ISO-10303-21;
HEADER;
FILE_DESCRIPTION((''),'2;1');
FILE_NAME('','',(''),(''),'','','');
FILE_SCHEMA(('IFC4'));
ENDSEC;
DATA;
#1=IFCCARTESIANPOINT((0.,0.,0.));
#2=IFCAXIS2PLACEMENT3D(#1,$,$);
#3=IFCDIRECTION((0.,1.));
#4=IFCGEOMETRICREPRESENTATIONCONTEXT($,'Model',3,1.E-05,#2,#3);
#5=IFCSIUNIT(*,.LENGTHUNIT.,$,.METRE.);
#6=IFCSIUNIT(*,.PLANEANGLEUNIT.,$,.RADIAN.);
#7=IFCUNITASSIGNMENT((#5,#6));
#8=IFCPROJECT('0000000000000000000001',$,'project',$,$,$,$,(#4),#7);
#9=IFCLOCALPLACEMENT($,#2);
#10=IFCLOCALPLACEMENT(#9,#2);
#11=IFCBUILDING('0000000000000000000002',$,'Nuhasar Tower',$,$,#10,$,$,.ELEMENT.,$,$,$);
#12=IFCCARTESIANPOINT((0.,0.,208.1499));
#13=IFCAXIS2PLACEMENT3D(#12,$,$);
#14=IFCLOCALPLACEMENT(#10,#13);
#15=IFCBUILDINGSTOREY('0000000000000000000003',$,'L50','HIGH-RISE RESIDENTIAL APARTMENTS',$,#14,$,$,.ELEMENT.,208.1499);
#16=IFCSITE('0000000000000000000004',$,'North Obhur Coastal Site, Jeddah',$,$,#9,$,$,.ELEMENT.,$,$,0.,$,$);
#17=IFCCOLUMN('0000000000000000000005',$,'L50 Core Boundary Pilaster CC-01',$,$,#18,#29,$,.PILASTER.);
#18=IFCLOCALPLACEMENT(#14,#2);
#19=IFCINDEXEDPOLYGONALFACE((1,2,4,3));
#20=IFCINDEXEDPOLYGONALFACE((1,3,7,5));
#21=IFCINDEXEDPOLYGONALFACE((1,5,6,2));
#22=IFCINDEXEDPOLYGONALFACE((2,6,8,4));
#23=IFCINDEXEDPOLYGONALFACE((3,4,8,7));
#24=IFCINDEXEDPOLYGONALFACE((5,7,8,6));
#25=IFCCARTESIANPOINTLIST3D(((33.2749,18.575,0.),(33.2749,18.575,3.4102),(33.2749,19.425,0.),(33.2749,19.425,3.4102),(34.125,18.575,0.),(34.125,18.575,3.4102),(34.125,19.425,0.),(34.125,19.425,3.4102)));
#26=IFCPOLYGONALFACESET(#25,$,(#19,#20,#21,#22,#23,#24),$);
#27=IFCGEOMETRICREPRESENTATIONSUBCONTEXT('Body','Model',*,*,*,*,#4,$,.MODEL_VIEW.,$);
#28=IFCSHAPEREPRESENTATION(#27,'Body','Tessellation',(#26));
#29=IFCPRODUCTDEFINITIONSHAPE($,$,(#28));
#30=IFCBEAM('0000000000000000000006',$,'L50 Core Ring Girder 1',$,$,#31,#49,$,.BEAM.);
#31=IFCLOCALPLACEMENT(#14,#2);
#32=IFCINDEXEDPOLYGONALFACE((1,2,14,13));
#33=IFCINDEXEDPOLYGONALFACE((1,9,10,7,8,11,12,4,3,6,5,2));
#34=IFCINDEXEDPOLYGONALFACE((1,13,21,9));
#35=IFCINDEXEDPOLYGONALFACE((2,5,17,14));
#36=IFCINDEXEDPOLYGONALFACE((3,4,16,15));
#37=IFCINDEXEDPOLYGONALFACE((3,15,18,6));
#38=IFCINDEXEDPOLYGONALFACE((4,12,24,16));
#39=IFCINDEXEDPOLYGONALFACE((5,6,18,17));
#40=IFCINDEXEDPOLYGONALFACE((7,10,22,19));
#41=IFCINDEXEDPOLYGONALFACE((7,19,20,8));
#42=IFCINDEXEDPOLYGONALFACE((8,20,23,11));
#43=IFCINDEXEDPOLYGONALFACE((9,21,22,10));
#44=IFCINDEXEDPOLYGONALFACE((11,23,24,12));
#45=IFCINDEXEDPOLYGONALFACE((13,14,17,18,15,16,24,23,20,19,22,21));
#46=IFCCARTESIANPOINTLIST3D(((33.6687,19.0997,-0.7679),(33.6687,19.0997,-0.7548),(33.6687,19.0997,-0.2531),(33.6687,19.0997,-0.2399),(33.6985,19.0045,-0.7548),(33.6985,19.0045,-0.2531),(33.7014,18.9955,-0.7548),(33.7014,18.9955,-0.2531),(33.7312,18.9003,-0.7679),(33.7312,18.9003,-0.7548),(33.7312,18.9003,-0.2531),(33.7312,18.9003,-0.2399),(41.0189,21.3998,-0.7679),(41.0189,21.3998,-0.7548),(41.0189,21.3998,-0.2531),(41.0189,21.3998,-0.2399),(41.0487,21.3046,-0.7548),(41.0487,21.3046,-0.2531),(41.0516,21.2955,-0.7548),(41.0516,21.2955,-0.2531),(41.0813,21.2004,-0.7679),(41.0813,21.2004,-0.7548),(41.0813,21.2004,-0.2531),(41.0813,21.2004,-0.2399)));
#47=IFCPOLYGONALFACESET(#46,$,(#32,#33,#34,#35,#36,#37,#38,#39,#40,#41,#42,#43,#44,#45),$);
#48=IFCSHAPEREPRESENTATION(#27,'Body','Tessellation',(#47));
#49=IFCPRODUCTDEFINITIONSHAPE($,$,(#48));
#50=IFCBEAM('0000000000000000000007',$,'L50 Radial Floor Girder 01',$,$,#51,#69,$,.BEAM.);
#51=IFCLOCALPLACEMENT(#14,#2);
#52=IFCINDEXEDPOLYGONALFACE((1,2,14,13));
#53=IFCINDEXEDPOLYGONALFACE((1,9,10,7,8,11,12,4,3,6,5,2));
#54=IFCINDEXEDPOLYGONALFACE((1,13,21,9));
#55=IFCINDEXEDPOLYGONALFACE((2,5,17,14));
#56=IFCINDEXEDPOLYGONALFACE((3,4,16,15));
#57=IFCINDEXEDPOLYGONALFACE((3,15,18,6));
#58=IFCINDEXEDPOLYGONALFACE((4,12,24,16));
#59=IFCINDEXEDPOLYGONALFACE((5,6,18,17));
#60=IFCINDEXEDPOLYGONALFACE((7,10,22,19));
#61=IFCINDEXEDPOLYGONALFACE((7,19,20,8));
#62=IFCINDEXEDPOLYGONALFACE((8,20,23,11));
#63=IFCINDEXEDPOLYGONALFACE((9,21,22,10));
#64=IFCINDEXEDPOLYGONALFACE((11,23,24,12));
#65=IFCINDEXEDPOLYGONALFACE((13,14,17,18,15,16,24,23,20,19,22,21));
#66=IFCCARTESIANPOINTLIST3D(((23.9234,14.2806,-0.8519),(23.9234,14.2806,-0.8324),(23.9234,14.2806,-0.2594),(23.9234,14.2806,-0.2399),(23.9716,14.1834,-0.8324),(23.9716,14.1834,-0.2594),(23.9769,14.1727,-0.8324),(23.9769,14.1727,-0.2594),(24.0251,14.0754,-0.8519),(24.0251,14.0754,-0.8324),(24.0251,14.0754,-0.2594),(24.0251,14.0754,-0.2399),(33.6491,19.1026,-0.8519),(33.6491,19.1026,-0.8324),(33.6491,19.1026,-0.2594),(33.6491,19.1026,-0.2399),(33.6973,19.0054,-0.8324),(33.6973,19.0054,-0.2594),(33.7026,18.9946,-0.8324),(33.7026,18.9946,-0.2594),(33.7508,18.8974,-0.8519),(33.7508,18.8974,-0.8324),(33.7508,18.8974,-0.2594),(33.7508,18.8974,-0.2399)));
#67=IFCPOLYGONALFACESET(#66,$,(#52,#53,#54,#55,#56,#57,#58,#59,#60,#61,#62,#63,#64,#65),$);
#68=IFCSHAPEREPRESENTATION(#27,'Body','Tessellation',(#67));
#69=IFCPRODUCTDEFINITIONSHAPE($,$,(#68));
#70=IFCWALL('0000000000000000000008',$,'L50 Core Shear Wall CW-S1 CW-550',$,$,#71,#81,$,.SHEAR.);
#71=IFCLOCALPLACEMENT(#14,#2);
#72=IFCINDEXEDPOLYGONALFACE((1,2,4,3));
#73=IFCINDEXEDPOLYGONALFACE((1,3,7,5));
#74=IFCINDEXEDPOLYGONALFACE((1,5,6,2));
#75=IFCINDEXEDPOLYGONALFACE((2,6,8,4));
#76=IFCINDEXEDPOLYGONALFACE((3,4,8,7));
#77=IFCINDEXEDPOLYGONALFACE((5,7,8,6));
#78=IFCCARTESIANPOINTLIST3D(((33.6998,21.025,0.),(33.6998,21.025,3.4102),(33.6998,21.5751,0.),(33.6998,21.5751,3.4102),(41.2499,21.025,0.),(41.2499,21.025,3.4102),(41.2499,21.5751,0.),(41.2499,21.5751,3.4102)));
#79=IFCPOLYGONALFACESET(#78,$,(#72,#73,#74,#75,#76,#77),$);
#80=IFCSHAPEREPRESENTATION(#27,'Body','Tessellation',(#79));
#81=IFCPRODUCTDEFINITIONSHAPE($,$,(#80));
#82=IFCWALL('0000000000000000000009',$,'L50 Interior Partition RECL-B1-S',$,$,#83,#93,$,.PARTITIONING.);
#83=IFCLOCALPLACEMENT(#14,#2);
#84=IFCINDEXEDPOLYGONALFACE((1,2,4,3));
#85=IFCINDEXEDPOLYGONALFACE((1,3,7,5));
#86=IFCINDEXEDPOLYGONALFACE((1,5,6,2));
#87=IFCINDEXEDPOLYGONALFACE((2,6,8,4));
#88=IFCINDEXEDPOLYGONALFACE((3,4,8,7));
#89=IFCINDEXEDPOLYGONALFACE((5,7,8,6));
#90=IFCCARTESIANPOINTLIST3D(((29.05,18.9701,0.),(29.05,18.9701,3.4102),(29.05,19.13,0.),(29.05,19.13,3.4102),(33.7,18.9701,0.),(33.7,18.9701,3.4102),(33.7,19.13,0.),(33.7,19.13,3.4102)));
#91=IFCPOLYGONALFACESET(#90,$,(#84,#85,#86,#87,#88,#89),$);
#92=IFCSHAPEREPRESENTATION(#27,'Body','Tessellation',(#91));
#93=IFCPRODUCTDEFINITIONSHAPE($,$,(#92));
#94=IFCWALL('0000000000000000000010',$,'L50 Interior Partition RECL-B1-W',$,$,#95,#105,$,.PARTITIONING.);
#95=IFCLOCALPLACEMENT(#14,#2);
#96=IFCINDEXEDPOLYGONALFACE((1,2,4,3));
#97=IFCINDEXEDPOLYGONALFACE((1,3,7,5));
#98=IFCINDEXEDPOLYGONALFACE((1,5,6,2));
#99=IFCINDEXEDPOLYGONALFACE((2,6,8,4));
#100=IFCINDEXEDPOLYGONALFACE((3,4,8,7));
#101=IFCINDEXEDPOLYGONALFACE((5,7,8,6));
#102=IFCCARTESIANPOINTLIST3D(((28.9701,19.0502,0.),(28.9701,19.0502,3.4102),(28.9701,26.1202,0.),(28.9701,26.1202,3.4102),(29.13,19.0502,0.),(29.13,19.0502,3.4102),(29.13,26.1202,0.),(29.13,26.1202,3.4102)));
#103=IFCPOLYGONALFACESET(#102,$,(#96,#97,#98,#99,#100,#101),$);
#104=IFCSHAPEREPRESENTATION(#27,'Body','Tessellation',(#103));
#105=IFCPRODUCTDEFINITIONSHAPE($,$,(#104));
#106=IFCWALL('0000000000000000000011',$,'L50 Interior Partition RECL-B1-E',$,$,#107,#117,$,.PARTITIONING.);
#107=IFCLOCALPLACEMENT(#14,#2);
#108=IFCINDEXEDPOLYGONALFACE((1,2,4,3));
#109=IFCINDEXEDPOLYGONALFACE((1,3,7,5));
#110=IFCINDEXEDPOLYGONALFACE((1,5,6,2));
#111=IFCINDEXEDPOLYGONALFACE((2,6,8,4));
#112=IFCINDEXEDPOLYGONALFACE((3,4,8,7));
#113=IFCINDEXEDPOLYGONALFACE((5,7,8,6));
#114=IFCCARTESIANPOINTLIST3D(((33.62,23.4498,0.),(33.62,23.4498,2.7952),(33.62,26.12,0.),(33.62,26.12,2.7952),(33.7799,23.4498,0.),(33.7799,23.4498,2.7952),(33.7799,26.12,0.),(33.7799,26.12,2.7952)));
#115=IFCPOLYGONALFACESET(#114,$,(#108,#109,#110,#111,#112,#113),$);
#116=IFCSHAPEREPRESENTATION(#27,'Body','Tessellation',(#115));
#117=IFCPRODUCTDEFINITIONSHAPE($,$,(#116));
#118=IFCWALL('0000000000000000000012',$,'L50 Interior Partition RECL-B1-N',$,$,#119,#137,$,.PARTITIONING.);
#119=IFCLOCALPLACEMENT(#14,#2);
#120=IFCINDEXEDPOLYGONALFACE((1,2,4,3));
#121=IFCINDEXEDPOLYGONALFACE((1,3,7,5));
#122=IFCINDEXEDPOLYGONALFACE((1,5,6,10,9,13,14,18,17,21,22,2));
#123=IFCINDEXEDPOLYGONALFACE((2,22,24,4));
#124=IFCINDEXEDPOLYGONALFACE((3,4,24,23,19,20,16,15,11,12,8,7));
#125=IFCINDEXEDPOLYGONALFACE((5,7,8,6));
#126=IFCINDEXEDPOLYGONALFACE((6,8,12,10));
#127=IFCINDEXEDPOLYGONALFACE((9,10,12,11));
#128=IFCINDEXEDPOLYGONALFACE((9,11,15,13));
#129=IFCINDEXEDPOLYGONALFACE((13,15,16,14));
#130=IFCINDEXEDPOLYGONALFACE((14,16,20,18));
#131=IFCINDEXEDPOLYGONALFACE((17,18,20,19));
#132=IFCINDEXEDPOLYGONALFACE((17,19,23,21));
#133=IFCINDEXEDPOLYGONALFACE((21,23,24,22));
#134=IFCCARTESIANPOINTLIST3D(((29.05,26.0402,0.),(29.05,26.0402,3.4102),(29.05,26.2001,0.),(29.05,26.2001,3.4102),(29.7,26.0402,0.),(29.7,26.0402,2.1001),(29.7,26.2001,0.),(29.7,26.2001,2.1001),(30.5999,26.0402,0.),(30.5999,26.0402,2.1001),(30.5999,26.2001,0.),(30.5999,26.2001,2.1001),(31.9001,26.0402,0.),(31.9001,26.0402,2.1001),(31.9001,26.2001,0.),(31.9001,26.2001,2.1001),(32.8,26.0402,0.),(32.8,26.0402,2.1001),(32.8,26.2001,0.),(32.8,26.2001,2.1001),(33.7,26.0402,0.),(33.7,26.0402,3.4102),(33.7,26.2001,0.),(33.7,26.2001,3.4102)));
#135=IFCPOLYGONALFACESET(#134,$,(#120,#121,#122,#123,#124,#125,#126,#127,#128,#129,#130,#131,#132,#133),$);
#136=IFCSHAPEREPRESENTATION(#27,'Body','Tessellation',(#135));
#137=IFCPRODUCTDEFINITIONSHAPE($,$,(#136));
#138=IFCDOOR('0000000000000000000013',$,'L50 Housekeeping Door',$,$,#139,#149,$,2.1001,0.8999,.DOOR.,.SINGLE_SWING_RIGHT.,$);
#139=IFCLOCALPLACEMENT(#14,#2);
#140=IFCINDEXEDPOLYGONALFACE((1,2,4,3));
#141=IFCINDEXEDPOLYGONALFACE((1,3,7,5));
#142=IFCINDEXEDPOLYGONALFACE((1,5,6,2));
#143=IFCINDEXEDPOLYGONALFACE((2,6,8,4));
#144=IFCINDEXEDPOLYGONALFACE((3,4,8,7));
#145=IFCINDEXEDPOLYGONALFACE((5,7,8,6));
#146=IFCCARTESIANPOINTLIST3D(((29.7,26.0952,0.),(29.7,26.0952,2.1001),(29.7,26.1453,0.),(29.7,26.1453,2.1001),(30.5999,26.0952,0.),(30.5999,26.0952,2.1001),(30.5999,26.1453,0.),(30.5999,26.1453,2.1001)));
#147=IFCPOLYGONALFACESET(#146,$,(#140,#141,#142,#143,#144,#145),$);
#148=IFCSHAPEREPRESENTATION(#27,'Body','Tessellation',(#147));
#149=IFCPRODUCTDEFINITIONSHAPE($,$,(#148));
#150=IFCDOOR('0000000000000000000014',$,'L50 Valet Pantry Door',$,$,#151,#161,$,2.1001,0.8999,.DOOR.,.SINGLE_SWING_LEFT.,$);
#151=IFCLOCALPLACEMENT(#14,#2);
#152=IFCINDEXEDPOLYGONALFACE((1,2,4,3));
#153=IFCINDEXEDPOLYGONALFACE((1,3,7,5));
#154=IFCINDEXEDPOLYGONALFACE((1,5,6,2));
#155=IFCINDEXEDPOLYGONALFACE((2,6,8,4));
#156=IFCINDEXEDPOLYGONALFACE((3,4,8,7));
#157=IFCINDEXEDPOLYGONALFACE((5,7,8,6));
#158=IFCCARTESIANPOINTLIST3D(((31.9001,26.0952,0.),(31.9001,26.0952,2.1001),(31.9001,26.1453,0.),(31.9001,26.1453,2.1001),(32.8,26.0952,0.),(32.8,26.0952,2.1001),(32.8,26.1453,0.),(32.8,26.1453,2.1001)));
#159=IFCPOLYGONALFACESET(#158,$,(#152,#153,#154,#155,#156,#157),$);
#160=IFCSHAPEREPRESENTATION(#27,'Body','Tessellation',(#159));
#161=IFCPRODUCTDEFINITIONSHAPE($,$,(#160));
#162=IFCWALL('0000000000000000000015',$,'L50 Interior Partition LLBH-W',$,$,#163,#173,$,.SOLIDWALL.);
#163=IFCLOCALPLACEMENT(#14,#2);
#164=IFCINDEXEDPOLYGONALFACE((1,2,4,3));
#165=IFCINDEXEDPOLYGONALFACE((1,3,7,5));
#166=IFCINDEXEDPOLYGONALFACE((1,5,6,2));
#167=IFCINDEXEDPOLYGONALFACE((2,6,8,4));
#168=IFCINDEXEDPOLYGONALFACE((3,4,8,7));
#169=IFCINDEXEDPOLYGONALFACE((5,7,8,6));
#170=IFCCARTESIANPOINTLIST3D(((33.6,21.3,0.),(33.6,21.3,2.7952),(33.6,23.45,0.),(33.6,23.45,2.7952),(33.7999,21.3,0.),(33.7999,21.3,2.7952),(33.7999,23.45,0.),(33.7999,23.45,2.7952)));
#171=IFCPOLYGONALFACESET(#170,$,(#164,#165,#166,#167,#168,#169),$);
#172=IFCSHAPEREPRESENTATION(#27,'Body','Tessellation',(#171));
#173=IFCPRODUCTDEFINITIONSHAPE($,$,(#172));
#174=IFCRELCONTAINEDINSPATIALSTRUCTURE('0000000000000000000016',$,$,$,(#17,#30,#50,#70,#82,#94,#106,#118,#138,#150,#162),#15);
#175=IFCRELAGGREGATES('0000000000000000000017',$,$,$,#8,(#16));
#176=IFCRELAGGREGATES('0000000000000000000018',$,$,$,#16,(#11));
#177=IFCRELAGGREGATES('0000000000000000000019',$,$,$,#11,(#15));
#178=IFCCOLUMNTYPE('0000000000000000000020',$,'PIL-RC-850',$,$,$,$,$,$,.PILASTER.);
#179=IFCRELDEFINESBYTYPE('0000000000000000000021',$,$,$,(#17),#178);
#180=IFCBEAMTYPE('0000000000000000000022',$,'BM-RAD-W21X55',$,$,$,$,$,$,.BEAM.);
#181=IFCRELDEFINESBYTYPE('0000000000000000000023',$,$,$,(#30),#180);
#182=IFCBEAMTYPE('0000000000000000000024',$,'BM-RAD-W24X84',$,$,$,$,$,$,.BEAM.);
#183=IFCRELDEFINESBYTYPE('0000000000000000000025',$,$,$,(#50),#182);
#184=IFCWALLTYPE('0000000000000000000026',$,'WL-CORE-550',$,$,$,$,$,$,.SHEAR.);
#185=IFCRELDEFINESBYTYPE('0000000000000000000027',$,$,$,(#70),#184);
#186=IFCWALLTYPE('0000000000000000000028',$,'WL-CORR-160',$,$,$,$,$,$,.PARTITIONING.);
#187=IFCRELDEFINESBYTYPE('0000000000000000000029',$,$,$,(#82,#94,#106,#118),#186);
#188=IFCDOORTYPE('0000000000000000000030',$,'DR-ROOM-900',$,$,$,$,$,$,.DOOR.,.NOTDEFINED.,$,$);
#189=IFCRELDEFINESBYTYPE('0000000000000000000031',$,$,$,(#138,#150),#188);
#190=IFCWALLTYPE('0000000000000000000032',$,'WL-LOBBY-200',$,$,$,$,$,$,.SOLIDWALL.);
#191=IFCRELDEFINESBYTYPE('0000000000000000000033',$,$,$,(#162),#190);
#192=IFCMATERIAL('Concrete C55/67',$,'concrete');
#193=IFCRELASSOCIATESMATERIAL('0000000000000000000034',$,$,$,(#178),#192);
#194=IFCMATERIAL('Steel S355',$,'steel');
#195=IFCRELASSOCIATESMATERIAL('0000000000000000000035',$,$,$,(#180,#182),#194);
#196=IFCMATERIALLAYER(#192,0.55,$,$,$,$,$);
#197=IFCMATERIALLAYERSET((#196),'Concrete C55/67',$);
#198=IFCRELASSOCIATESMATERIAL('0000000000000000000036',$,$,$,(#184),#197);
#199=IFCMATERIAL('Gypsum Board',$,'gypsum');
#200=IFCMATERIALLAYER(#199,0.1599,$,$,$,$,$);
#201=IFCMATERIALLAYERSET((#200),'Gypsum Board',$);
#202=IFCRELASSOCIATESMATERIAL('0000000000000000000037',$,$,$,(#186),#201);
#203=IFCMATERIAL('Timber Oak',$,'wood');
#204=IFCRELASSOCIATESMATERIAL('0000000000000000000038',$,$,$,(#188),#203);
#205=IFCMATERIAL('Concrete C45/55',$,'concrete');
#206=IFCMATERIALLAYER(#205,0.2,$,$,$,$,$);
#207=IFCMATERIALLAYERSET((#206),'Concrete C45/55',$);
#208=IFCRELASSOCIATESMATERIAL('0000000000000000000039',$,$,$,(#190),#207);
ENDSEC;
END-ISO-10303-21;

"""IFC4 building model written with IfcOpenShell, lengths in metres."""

from ifc_helpers import new_model, si_unit, direction, frame, frame_2d, origin, origin_2d, place, context, subcontext, project, spatial, rectangle, i_section, extrude, material, layer, layer_set, material_profile, profile_set, type_object, element, fill, save


model = new_model("IFC4")

# Units and contexts
model_context = context("Model", 3, precision=1e-05, world=origin(), true_north=direction((0.0, 1.0)))
body_context = subcontext(model_context, "Body", "Model", "MODEL_VIEW")
ifc_project = project(units=[si_unit("LENGTHUNIT", "METRE"), si_unit("PLANEANGLEUNIT", "RADIAN")], contexts=[model_context])

# Site, building, storey
site_placement = place(None, origin())
site = spatial("IfcSite", under=ifc_project, at=site_placement, Name="North Obhur Coastal Site, Jeddah", CompositionType="ELEMENT", RefElevation=0.0)
building_placement = place(site_placement, origin())
building = spatial("IfcBuilding", under=site, at=building_placement, Name="Nuhasar Tower", CompositionType="ELEMENT")
storey_placement = place(building_placement, frame((0.0, 0.0, 208.1499)))
storey = spatial("IfcBuildingStorey", under=building, at=storey_placement, Name="L50", Description="HIGH-RISE RESIDENTIAL APARTMENTS", CompositionType="ELEMENT", Elevation=208.1499)

# Column
ifc_material_1 = material(Name="Concrete C55/67", Category="concrete")
ifc_material_profile_1 = material_profile(ifc_material_1, rectangle(XDim=0.8501, YDim=0.8501, at=origin_2d()), Name="RC850X850")
ifc_profile_set_1 = profile_set([ifc_material_profile_1], Name="Concrete C55/67")
column_type = type_object("IfcColumnType", Name="PIL-RC-850", PredefinedType="PILASTER", material=ifc_profile_set_1)
column_placement = place(storey_placement, frame((33.7, 19.0, 0.0), z_axis=(0.0, 0.0, 1.0), x_axis=(1.0, 0.0, 0.0)))
element("IfcColumn", 1, at=column_placement, inside=storey, type_object=column_type, Name="L50 Core Boundary Pilaster CC-01", PredefinedType="PILASTER", context=body_context, shape_type="SweptSolid", body=[
    extrude(rectangle(XDim=0.8501, YDim=0.8501, at=origin_2d()), origin(), (0.0, 0.0, 1.0), 3.4102),
])

# Beams
ifc_material_2 = material(Name="Steel S355", Category="steel")
ifc_material_profile_2 = material_profile(ifc_material_2, i_section(OverallWidth=0.209, OverallDepth=0.5281, WebThickness=0.0095, FlangeThickness=0.0132, at=origin_2d()), Name="W21X55")
ifc_profile_set_2 = profile_set([ifc_material_profile_2], Name="Steel S355")
beam_type_1 = type_object("IfcBeamType", Name="BM-RAD-W21X55", PredefinedType="BEAM", material=ifc_profile_set_2)
beam_1_placement = place(storey_placement, frame((33.7, 19.0, -0.5039), z_axis=(0.954364, 0.298647, 0.0), x_axis=(-0.298647, 0.954364, 0.0)))
element("IfcBeam", 2, at=beam_1_placement, inside=storey, type_object=beam_type_1, Name="L50 Core Ring Girder 1", PredefinedType="BEAM", context=body_context, shape_type="SweptSolid", body=[
    extrude(i_section(OverallWidth=0.209, OverallDepth=0.5281, WebThickness=0.0095, FlangeThickness=0.0132, at=origin_2d()), origin(), (0.0, 0.0, 1.0), 7.7017),
])
ifc_material_profile_3 = material_profile(ifc_material_2, i_section(OverallWidth=0.229, OverallDepth=0.6121, WebThickness=0.012, FlangeThickness=0.0195, at=origin_2d()), Name="W24X84")
ifc_profile_set_3 = profile_set([ifc_material_profile_3], Name="Steel S355")
beam_type_2 = type_object("IfcBeamType", Name="BM-RAD-W24X84", PredefinedType="BEAM", material=ifc_profile_set_3)
beam_2_placement = place(storey_placement, frame((33.7, 19.0, -0.5459), z_axis=(-0.895929, -0.444197, 0.0), x_axis=(0.444197, -0.895929, 0.0)))
element("IfcBeam", 3, at=beam_2_placement, inside=storey, type_object=beam_type_2, Name="L50 Radial Floor Girder 01", PredefinedType="BEAM", context=body_context, shape_type="SweptSolid", body=[
    extrude(i_section(OverallWidth=0.229, OverallDepth=0.6121, WebThickness=0.012, FlangeThickness=0.0195, at=origin_2d()), origin(), (0.0, 0.0, 1.0), 10.8555),
])

# Walls
ifc_layer_1 = layer(ifc_material_1, 0.55)
ifc_layer_set_1 = layer_set([ifc_layer_1], Name="Concrete C55/67")
wall_type_1 = type_object("IfcWallType", Name="WL-CORE-550", PredefinedType="SHEAR", material=ifc_layer_set_1)
wall_1_placement = place(storey_placement, frame((33.7, 21.3, 0.0), z_axis=(0.0, 0.0, 1.0), x_axis=(1.0, 0.0, 0.0)))
element("IfcWall", 4, at=wall_1_placement, inside=storey, type_object=wall_type_1, Name="L50 Core Shear Wall CW-S1 CW-550", PredefinedType="SHEAR", context=body_context, shape_type="SweptSolid", body=[
    extrude(rectangle(XDim=7.55, YDim=0.55, at=frame_2d((3.7749, 0.0))), origin(), (0.0, 0.0, 1.0), 3.4102),
])
ifc_material_3 = material(Name="Gypsum Board", Category="gypsum")
ifc_layer_2 = layer(ifc_material_3, 0.1599)
ifc_layer_set_2 = layer_set([ifc_layer_2], Name="Gypsum Board")
wall_type_2 = type_object("IfcWallType", Name="WL-CORR-160", PredefinedType="PARTITIONING", material=ifc_layer_set_2)
wall_2_placement = place(storey_placement, frame((29.05, 19.05, 0.0), z_axis=(0.0, 0.0, 1.0), x_axis=(1.0, 0.0, 0.0)))
element("IfcWall", 5, at=wall_2_placement, inside=storey, type_object=wall_type_2, Name="L50 Interior Partition RECL-B1-S", PredefinedType="PARTITIONING", context=body_context, shape_type="SweptSolid", body=[
    extrude(rectangle(XDim=4.6499, YDim=0.1599, at=frame_2d((2.325, 0.0))), origin(), (0.0, 0.0, 1.0), 3.4102),
])
wall_3_placement = place(storey_placement, frame((29.05, 19.05, 0.0), z_axis=(0.0, 0.0, 1.0), x_axis=(0.0, 1.0, 0.0)))
element("IfcWall", 6, at=wall_3_placement, inside=storey, type_object=wall_type_2, Name="L50 Interior Partition RECL-B1-W", PredefinedType="PARTITIONING", context=body_context, shape_type="SweptSolid", body=[
    extrude(rectangle(XDim=7.0701, YDim=0.1599, at=frame_2d((3.5352, 0.0))), origin(), (0.0, 0.0, 1.0), 3.4102),
])
wall_4_placement = place(storey_placement, frame((33.7, 23.45, 0.0), z_axis=(0.0, 0.0, 1.0), x_axis=(0.0, 1.0, 0.0)))
element("IfcWall", 7, at=wall_4_placement, inside=storey, type_object=wall_type_2, Name="L50 Interior Partition RECL-B1-E", PredefinedType="PARTITIONING", context=body_context, shape_type="SweptSolid", body=[
    extrude(rectangle(XDim=2.6702, YDim=0.1599, at=frame_2d((1.335, 0.0))), origin(), (0.0, 0.0, 1.0), 2.7952),
])

# Wall, openings, doors
wall_5_placement = place(storey_placement, frame((33.7, 26.1201, 0.0), z_axis=(0.0, 0.0, 1.0), x_axis=(-1.0, 0.0, 0.0)))
wall_5 = element("IfcWall", 8, at=wall_5_placement, inside=storey, type_object=wall_type_2, Name="L50 Interior Partition RECL-B1-N", PredefinedType="PARTITIONING", context=body_context, shape_type="SweptSolid", body=[
    extrude(rectangle(XDim=4.6499, YDim=0.1599, at=frame_2d((2.325, 0.0))), origin(), (0.0, 0.0, 1.0), 3.4102),
])
opening_1_placement = place(wall_5_placement, frame((3.1001, 0.0, 0.0)))
opening_1 = element("IfcOpeningElement", 9, at=opening_1_placement, cuts=wall_5, PredefinedType="OPENING", context=body_context, shape_type="SweptSolid", body=[
    extrude(rectangle(XDim=0.8999, YDim=2.1001, at=frame_2d((0.45, 1.05))), frame((0.0, 0.0898, 0.0), z_axis=(0.0, -1.0, 0.0), x_axis=(1.0, 0.0, 0.0)), (0.0, 0.0, 1.0), 0.1799),
])
opening_2_placement = place(wall_5_placement, frame((0.8999, 0.0, 0.0)))
opening_2 = element("IfcOpeningElement", 10, at=opening_2_placement, cuts=wall_5, PredefinedType="OPENING", context=body_context, shape_type="SweptSolid", body=[
    extrude(rectangle(XDim=0.8999, YDim=2.1001, at=frame_2d((0.45, 1.05))), frame((0.0, 0.0898, 0.0), z_axis=(0.0, -1.0, 0.0), x_axis=(1.0, 0.0, 0.0)), (0.0, 0.0, 1.0), 0.1799),
])
ifc_material_4 = material(Name="Timber Oak", Category="wood")
door_type_1 = type_object("IfcDoorType", Name="DR-ROOM-900", OperationType="NOTDEFINED", PredefinedType="DOOR", material=ifc_material_4)
door_1_placement = place(opening_1_placement, origin())
door_1 = element("IfcDoor", 11, at=door_1_placement, inside=storey, type_object=door_type_1, Name="L50 Housekeeping Door", OperationType="SINGLE_SWING_RIGHT", OverallHeight=2.1001, OverallWidth=0.8999, PredefinedType="DOOR", context=body_context, shape_type="SweptSolid", body=[
    extrude(rectangle(XDim=0.8999, YDim=2.1001, at=frame_2d((0.45, 1.05))), frame((0.0, 0.0249, 0.0), z_axis=(0.0, -1.0, 0.0), x_axis=(1.0, 0.0, 0.0)), (0.0, 0.0, 1.0), 0.05),
])
fill(opening_1, door_1)
door_2_placement = place(opening_2_placement, origin())
door_2 = element("IfcDoor", 12, at=door_2_placement, inside=storey, type_object=door_type_1, Name="L50 Valet Pantry Door", OperationType="SINGLE_SWING_LEFT", OverallHeight=2.1001, OverallWidth=0.8999, PredefinedType="DOOR", context=body_context, shape_type="SweptSolid", body=[
    extrude(rectangle(XDim=0.8999, YDim=2.1001, at=frame_2d((0.45, 1.05))), frame((0.0, 0.0249, 0.0), z_axis=(0.0, -1.0, 0.0), x_axis=(1.0, 0.0, 0.0)), (0.0, 0.0, 1.0), 0.05),
])
fill(opening_2, door_2)

# Wall
ifc_material_5 = material(Name="Concrete C45/55", Category="concrete")
ifc_layer_3 = layer(ifc_material_5, 0.2)
ifc_layer_set_3 = layer_set([ifc_layer_3], Name="Concrete C45/55")
wall_type_3 = type_object("IfcWallType", Name="WL-LOBBY-200", PredefinedType="SOLIDWALL", material=ifc_layer_set_3)
wall_6_placement = place(storey_placement, frame((33.7, 21.3, 0.0), z_axis=(0.0, 0.0, 1.0), x_axis=(0.0, 1.0, 0.0)))
element("IfcWall", 13, at=wall_6_placement, inside=storey, type_object=wall_type_3, Name="L50 Interior Partition LLBH-W", PredefinedType="SOLIDWALL", context=body_context, shape_type="SweptSolid", body=[
    extrude(rectangle(XDim=2.1499, YDim=0.2, at=frame_2d((1.075, 0.0))), origin(), (0.0, 0.0, 1.0), 2.7952),
])

save(model, "model.ifc")
